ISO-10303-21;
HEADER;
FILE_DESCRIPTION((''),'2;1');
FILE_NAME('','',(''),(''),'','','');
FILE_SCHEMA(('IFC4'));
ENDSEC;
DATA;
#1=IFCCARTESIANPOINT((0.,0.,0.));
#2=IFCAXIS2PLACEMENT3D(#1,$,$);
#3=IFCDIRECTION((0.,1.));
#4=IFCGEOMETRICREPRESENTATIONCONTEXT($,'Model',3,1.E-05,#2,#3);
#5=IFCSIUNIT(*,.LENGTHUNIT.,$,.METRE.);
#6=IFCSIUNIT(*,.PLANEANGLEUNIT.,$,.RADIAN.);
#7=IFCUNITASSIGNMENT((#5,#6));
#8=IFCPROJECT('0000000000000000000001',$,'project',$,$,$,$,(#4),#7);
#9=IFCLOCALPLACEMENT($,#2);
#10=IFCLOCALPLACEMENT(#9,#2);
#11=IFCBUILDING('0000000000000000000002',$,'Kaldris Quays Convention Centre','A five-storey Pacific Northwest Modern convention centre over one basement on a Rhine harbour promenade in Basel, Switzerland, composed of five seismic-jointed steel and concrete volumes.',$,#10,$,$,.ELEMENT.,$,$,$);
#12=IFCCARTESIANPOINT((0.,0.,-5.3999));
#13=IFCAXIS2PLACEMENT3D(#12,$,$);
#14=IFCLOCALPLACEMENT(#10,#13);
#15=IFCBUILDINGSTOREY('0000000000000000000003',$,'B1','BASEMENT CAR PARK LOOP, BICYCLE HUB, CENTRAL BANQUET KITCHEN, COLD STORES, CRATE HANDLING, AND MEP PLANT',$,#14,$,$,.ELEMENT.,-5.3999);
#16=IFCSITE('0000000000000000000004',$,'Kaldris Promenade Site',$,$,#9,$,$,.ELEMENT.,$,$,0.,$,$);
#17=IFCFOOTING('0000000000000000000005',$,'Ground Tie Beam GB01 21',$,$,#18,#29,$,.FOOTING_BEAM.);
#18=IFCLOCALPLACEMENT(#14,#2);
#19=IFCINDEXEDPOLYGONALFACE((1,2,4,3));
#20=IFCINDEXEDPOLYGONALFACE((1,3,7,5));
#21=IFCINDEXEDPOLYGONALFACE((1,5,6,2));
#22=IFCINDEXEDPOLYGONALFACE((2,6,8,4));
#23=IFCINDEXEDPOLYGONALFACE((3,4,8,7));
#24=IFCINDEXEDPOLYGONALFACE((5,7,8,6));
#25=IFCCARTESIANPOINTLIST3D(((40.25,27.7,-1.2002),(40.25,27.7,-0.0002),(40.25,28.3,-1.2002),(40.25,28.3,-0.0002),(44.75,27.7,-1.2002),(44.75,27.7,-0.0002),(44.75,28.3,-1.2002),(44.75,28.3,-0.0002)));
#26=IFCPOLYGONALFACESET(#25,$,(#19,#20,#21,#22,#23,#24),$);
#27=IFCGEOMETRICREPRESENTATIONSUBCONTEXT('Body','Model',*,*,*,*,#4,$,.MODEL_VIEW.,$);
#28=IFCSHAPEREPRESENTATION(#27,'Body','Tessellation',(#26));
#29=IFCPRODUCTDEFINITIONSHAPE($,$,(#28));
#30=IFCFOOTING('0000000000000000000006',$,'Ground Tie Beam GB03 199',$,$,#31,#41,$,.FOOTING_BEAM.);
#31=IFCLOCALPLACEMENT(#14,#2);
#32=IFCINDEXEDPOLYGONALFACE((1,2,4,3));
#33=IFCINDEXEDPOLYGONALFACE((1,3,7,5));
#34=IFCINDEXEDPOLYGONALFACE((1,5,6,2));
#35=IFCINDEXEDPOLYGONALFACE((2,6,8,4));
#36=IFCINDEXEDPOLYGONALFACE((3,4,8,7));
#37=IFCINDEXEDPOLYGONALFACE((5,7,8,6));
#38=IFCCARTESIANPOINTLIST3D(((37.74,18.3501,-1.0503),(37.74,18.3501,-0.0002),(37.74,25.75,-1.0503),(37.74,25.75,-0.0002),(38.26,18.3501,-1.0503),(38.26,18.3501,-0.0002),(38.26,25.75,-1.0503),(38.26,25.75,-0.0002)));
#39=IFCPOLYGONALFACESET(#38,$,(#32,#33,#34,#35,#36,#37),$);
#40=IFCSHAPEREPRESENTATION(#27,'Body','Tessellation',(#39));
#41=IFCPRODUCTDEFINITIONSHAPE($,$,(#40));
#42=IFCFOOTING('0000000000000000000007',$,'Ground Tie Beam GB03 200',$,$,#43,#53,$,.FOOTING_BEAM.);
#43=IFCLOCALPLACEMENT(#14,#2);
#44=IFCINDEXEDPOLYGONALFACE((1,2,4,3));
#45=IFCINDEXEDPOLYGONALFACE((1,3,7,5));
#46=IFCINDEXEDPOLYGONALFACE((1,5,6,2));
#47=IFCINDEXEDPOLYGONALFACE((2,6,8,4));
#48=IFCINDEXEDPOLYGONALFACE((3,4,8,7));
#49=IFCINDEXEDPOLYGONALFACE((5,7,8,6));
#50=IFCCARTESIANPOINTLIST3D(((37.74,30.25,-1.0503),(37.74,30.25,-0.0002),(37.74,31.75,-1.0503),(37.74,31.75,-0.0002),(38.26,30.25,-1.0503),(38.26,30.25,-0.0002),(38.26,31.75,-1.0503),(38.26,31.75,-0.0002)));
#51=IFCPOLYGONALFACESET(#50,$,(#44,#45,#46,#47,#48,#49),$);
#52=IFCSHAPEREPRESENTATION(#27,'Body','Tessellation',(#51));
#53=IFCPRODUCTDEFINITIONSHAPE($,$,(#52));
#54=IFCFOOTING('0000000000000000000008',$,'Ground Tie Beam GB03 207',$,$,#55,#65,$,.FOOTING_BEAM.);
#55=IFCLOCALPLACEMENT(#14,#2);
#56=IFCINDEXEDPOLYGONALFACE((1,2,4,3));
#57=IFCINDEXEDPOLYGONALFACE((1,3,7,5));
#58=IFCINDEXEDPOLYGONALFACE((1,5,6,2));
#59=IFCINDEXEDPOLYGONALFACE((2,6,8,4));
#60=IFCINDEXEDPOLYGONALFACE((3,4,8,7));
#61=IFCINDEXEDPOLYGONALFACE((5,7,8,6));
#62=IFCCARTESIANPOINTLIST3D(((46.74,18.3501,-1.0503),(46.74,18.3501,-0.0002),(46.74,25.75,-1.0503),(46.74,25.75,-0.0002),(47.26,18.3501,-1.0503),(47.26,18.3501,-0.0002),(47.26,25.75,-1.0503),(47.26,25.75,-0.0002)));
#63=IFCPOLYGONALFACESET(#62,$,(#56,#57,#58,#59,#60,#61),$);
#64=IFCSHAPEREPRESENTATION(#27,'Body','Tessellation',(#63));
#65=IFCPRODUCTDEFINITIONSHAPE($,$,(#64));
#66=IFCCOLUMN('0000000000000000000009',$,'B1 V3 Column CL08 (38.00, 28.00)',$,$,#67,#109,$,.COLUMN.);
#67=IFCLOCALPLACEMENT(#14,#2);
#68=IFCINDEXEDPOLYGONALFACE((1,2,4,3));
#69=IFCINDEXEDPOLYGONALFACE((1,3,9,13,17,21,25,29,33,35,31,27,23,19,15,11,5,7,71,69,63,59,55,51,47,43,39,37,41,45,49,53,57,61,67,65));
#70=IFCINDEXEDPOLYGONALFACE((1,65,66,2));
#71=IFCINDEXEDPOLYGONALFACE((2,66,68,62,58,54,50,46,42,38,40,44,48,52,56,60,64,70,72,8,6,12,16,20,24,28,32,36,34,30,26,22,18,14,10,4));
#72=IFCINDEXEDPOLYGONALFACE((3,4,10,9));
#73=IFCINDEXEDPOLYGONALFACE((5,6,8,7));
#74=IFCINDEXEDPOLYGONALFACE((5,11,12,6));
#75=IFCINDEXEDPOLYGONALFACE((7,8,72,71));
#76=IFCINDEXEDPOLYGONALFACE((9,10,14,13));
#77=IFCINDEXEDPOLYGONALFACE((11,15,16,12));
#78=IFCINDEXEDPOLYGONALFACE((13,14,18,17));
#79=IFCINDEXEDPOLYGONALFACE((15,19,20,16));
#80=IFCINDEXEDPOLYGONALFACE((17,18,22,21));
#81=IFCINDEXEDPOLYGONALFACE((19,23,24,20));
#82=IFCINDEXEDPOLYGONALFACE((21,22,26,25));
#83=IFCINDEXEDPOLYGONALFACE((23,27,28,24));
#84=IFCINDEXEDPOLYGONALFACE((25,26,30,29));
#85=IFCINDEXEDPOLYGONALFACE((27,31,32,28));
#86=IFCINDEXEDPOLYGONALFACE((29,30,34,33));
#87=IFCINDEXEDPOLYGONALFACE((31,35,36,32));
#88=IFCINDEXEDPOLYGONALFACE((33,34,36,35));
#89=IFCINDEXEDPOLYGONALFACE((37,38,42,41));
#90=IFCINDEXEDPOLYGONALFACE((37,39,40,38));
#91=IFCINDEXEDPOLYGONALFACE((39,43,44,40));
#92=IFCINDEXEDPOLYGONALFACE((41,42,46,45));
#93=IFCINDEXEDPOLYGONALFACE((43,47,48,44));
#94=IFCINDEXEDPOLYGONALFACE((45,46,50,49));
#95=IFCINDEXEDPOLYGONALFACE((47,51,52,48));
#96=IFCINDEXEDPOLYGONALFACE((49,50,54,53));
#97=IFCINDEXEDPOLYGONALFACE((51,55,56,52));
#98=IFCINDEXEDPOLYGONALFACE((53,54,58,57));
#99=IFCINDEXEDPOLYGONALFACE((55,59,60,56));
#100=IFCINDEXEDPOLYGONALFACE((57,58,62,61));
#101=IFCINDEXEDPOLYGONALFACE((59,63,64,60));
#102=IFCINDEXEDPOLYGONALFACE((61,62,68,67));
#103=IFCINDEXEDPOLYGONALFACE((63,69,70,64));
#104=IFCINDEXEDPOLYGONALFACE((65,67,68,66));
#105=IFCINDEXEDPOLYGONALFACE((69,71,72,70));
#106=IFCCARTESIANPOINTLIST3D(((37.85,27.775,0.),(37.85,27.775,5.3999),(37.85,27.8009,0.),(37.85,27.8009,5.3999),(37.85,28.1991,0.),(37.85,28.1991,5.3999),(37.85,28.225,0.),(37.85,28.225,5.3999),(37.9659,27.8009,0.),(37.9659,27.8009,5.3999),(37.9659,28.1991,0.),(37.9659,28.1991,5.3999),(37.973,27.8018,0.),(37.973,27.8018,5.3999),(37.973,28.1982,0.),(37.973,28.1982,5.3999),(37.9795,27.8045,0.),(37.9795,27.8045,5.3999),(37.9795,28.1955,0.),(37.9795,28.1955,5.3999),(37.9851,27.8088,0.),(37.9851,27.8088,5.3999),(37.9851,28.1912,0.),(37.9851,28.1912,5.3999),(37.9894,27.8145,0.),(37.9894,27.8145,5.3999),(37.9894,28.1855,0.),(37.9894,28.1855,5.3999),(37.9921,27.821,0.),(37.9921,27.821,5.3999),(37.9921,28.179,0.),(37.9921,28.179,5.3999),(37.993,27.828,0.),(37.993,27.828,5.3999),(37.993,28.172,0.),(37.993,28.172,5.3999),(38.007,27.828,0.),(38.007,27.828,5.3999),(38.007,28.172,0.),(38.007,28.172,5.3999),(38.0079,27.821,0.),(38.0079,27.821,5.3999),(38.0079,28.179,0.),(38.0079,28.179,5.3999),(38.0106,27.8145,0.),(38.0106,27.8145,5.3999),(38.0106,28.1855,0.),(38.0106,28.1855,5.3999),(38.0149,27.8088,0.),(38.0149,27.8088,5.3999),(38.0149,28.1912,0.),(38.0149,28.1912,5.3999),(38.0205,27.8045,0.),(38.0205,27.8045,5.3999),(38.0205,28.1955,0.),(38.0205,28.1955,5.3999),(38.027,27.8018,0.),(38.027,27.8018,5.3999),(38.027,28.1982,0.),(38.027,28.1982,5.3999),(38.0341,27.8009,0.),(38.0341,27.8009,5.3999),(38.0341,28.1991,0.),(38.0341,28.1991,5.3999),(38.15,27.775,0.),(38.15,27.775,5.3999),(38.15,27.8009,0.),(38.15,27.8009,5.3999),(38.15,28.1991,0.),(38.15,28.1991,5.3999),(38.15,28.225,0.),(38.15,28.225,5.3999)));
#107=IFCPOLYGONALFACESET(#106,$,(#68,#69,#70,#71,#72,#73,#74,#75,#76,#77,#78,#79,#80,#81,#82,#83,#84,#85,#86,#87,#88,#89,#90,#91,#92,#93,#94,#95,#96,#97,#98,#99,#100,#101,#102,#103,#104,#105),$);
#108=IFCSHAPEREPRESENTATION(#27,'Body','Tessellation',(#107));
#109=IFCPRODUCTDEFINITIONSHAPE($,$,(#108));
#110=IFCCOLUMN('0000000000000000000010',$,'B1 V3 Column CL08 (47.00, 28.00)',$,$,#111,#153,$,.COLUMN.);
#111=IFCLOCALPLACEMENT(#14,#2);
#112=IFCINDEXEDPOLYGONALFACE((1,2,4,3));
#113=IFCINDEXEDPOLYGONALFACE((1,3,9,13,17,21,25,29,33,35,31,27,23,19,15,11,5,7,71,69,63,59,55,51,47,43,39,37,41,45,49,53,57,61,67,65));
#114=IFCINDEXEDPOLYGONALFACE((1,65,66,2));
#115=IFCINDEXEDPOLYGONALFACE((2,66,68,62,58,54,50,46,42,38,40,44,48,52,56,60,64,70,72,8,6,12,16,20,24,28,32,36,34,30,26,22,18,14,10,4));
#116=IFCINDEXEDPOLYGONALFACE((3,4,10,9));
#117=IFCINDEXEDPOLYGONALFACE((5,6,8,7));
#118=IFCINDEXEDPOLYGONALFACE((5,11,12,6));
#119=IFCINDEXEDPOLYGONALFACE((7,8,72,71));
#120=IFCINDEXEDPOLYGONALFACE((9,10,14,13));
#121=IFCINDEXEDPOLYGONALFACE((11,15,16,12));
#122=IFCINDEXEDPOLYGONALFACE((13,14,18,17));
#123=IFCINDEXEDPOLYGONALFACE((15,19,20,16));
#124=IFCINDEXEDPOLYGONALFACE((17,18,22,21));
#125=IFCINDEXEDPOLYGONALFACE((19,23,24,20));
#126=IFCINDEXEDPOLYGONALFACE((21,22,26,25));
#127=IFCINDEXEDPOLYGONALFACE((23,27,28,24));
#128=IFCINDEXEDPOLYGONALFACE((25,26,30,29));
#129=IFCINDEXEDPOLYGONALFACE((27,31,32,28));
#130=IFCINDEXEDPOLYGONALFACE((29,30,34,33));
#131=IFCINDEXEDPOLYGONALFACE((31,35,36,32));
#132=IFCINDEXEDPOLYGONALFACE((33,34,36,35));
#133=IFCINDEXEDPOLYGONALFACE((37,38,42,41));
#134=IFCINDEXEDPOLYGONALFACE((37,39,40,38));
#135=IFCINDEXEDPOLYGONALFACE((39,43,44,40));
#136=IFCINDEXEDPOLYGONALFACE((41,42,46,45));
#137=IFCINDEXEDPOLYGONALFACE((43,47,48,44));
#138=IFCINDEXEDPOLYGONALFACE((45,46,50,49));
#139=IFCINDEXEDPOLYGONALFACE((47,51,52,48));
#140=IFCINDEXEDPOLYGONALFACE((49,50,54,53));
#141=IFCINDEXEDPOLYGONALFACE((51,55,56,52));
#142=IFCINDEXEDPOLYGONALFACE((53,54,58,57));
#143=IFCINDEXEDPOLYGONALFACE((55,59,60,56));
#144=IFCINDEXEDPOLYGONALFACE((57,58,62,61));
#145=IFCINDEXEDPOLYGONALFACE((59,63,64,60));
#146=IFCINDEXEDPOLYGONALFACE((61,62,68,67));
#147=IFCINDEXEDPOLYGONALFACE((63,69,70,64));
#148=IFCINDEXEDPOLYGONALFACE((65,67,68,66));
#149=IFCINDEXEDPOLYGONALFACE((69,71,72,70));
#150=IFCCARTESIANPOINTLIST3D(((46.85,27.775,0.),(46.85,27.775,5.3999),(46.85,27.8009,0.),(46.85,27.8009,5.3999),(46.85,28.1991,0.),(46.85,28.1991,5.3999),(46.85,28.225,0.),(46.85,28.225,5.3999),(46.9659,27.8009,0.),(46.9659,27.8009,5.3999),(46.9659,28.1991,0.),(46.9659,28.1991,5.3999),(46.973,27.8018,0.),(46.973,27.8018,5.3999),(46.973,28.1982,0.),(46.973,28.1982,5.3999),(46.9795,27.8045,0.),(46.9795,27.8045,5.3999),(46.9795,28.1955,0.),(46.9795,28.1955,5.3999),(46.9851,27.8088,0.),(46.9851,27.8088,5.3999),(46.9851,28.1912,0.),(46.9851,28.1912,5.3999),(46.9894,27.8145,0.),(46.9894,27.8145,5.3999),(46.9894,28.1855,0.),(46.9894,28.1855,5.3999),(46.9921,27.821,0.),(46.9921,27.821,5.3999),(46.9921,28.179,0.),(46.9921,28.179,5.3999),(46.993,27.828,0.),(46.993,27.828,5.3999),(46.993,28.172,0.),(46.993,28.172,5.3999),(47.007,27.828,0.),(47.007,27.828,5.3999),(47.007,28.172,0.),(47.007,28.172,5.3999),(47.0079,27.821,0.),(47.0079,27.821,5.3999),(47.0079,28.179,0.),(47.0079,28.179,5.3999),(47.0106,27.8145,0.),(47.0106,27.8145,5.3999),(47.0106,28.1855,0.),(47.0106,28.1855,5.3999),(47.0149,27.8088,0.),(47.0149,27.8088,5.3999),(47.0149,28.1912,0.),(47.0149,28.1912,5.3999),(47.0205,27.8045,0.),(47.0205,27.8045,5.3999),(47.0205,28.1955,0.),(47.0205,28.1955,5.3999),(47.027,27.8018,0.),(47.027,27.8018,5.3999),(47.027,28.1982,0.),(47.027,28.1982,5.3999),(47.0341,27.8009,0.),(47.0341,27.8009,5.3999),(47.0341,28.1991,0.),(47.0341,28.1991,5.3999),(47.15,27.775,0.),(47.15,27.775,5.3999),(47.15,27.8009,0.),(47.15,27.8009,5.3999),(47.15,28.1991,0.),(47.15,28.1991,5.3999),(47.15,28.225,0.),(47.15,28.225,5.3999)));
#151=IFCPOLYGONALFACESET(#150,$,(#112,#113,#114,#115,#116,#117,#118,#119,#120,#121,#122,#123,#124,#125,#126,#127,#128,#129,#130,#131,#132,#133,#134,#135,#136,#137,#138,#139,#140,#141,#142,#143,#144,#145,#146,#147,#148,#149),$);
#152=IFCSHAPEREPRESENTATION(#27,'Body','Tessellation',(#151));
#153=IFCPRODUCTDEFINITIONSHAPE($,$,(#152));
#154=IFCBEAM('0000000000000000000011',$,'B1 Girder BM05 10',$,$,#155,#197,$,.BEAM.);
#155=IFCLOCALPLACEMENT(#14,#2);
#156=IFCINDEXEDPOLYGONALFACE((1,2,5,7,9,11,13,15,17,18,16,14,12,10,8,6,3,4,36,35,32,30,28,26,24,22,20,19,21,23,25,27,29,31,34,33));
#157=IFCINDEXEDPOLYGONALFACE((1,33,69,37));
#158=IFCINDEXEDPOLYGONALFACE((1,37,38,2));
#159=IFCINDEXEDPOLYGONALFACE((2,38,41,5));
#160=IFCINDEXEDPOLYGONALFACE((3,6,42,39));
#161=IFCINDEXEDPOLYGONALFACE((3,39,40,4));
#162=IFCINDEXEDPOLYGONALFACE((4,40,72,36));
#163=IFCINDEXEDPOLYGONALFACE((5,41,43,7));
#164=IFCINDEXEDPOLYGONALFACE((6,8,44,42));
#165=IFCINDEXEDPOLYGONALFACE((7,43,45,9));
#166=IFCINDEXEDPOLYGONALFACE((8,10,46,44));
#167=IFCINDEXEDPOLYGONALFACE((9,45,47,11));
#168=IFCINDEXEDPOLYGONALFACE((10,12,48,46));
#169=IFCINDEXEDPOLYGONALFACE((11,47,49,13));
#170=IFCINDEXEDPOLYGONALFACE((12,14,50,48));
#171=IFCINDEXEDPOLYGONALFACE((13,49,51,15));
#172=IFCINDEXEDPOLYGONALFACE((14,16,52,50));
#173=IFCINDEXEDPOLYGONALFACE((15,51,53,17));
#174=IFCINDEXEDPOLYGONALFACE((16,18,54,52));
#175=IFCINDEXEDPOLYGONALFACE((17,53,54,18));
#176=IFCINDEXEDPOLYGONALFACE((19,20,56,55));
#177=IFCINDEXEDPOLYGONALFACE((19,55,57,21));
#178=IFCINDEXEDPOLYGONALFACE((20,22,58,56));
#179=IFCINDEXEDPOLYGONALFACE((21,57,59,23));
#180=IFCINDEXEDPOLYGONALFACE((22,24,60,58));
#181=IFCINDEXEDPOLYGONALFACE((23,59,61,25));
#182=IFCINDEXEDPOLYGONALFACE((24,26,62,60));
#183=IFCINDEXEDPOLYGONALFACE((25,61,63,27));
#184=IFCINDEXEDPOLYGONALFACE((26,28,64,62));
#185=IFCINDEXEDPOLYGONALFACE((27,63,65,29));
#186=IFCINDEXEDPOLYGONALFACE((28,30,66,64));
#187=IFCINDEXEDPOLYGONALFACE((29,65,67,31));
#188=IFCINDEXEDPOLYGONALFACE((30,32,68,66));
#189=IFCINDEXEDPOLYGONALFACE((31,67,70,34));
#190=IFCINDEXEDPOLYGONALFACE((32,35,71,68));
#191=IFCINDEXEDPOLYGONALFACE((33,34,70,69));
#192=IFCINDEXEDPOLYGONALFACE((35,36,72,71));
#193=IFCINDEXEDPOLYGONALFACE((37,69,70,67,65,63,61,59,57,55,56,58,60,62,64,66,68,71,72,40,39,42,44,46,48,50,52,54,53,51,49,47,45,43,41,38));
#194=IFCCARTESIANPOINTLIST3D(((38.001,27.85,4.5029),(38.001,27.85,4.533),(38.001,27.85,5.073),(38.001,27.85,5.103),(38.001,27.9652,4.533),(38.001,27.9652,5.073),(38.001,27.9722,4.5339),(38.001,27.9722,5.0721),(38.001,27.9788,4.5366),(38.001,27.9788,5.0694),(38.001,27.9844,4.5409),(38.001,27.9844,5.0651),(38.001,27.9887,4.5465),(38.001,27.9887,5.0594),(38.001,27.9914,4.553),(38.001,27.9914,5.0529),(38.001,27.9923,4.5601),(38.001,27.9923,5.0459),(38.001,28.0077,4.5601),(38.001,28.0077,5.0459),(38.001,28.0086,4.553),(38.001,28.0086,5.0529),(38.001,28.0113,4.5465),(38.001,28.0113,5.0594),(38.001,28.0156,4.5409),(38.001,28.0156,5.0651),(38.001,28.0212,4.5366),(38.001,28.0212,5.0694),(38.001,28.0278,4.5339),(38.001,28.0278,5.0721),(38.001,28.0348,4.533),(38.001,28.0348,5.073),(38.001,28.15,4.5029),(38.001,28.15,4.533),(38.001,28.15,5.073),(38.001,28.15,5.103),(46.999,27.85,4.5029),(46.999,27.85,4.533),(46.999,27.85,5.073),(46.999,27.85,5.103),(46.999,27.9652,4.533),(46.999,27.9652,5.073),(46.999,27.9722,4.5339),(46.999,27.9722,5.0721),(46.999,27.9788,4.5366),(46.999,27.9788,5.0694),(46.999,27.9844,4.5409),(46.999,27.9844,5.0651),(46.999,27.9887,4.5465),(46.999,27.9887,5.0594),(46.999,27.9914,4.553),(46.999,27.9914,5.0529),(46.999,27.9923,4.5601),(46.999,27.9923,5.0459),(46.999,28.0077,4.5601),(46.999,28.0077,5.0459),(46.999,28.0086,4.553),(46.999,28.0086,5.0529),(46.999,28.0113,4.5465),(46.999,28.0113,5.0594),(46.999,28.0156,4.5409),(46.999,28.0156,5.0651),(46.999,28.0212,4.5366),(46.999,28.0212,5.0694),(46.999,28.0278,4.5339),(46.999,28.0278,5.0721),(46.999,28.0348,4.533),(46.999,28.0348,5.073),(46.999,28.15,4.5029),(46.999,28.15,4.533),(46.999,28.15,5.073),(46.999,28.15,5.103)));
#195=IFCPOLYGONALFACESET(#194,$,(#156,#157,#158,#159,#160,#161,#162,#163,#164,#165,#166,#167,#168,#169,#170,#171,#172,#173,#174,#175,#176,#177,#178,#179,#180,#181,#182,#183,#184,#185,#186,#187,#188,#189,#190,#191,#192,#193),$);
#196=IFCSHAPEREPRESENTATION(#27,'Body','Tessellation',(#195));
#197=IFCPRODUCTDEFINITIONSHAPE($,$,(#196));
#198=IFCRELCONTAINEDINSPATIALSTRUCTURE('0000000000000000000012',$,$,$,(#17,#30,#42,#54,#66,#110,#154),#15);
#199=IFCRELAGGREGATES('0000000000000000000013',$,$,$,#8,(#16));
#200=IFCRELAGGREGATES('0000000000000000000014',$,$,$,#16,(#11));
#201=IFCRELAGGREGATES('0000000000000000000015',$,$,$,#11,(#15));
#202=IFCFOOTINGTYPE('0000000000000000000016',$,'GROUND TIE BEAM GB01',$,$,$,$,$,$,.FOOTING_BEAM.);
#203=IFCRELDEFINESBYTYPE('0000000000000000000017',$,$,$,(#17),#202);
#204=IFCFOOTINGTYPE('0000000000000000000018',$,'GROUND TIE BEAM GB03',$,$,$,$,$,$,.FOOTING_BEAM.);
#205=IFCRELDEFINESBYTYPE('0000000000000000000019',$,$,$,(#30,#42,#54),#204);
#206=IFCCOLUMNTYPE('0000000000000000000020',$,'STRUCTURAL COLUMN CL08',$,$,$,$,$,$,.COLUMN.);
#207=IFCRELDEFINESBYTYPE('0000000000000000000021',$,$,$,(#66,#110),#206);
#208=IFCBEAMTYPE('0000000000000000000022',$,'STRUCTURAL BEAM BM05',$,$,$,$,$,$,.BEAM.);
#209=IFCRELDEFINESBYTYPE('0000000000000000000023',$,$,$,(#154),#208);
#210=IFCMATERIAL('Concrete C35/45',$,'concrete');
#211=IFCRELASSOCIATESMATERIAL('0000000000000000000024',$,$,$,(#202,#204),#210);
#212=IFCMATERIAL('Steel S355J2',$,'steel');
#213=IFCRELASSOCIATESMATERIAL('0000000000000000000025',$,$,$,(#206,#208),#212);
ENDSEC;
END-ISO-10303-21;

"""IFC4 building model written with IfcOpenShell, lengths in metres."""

from ifc_helpers import new_model, si_unit, direction, frame, origin, origin_2d, place, context, subcontext, project, spatial, rectangle, i_section, extrude, material, material_profile, profile_set, type_object, element, save


model = new_model("IFC4")

# Units and contexts
model_context = context("Model", 3, precision=1e-05, world=origin(), true_north=direction((0.0, 1.0)))
body_context = subcontext(model_context, "Body", "Model", "MODEL_VIEW")
ifc_project = project(units=[si_unit("LENGTHUNIT", "METRE"), si_unit("PLANEANGLEUNIT", "RADIAN")], contexts=[model_context])

# Site, building, storey
site_placement = place(None, origin())
site = spatial("IfcSite", under=ifc_project, at=site_placement, Name="Kaldris Promenade Site", CompositionType="ELEMENT", RefElevation=0.0)
building_placement = place(site_placement, origin())
building = spatial("IfcBuilding", under=site, at=building_placement, Name="Kaldris Quays Convention Centre", Description="A five-storey Pacific Northwest Modern convention centre over one basement on a Rhine harbour promenade in Basel, Switzerland, composed of five seismic-jointed steel and concrete volumes.", CompositionType="ELEMENT")
storey_placement = place(building_placement, frame((0.0, 0.0, -5.3999)))
storey = spatial("IfcBuildingStorey", under=building, at=storey_placement, Name="B1", Description="BASEMENT CAR PARK LOOP, BICYCLE HUB, CENTRAL BANQUET KITCHEN, COLD STORES, CRATE HANDLING, AND MEP PLANT", CompositionType="ELEMENT", Elevation=-5.3999)

# Shared definitions
ifc_material_1 = material(Name="Concrete C35/45", Category="concrete")

# Footings
footing_type_1 = type_object("IfcFootingType", Name="GROUND TIE BEAM GB01", PredefinedType="FOOTING_BEAM", material=ifc_material_1)
footing_1_placement = place(storey_placement, frame((42.5, 28.0, -1.2002), z_axis=(0.0, 0.0, 1.0), x_axis=(1.0, 0.0, 0.0)))
element("IfcFooting", 1, at=footing_1_placement, inside=storey, type_object=footing_type_1, Name="Ground Tie Beam GB01 21", PredefinedType="FOOTING_BEAM", context=body_context, shape_type="SweptSolid", body=[
    extrude(rectangle(XDim=4.5, YDim=0.6001, at=origin_2d()), origin(), (0.0, 0.0, 1.0), 1.2),
])
footing_type_2 = type_object("IfcFootingType", Name="GROUND TIE BEAM GB03", PredefinedType="FOOTING_BEAM", material=ifc_material_1)
footing_2_placement = place(storey_placement, frame((38.0, 22.05, -1.0503), z_axis=(0.0, 0.0, 1.0), x_axis=(1.0, 0.0, 0.0)))
element("IfcFooting", 2, at=footing_2_placement, inside=storey, type_object=footing_type_2, Name="Ground Tie Beam GB03 199", PredefinedType="FOOTING_BEAM", context=body_context, shape_type="SweptSolid", body=[
    extrude(rectangle(XDim=0.52, YDim=7.3999, at=origin_2d()), origin(), (0.0, 0.0, 1.0), 1.05),
])
footing_3_placement = place(storey_placement, frame((38.0, 31.0, -1.0503), z_axis=(0.0, 0.0, 1.0), x_axis=(1.0, 0.0, 0.0)))
element("IfcFooting", 3, at=footing_3_placement, inside=storey, type_object=footing_type_2, Name="Ground Tie Beam GB03 200", PredefinedType="FOOTING_BEAM", context=body_context, shape_type="SweptSolid", body=[
    extrude(rectangle(XDim=0.52, YDim=1.5, at=origin_2d()), origin(), (0.0, 0.0, 1.0), 1.05),
])
footing_4_placement = place(storey_placement, frame((47.0, 22.05, -1.0503), z_axis=(0.0, 0.0, 1.0), x_axis=(1.0, 0.0, 0.0)))
element("IfcFooting", 4, at=footing_4_placement, inside=storey, type_object=footing_type_2, Name="Ground Tie Beam GB03 207", PredefinedType="FOOTING_BEAM", context=body_context, shape_type="SweptSolid", body=[
    extrude(rectangle(XDim=0.52, YDim=7.3999, at=origin_2d()), origin(), (0.0, 0.0, 1.0), 1.05),
])

# Columns
ifc_material_2 = material(Name="Steel S355J2", Category="steel")
ifc_material_profile_1 = material_profile(ifc_material_2, i_section(OverallWidth=0.3, OverallDepth=0.45, WebThickness=0.0139, FlangeThickness=0.0259, FilletRadius=0.0271, at=origin_2d()), Name="HEB 450")
ifc_profile_set_1 = profile_set([ifc_material_profile_1], Name="Steel S355J2")
column_type = type_object("IfcColumnType", Name="STRUCTURAL COLUMN CL08", PredefinedType="COLUMN", material=ifc_profile_set_1)
for number, where, z_axis, x_axis, name in (
    (5, (38.0, 28.0, 0.0), (0.0, 0.0, 1.0), (1.0, 0.0, 0.0), "B1 V3 Column CL08 (38.00, 28.00)"),
    (6, (47.0, 28.0, 0.0), (0.0, 0.0, 1.0), (1.0, 0.0, 0.0), "B1 V3 Column CL08 (47.00, 28.00)"),
):
    element("IfcColumn", number, at=place(storey_placement, frame(where, z_axis=z_axis, x_axis=x_axis)), inside=storey, type_object=column_type, Name=name, PredefinedType="COLUMN", context=body_context, shape_type="SweptSolid", body=[
        extrude(i_section(OverallWidth=0.3, OverallDepth=0.45, WebThickness=0.0139, FlangeThickness=0.0259, FilletRadius=0.0271, at=origin_2d()), origin(), (0.0, 0.0, 1.0), 5.3999),
    ])

# Beam
ifc_material_profile_2 = material_profile(ifc_material_2, i_section(OverallWidth=0.3, OverallDepth=0.6001, WebThickness=0.0154, FlangeThickness=0.03, FilletRadius=0.0271, at=origin_2d()), Name="HEB 600")
ifc_profile_set_2 = profile_set([ifc_material_profile_2], Name="Steel S355J2")
beam_type_1 = type_object("IfcBeamType", Name="STRUCTURAL BEAM BM05", PredefinedType="BEAM", material=ifc_profile_set_2)
beam_1_placement = place(storey_placement, frame((38.001, 28.0, 4.803), z_axis=(1.0, 0.0, 0.0), x_axis=(0.0, 1.0, 0.0)))
element("IfcBeam", 7, at=beam_1_placement, inside=storey, type_object=beam_type_1, Name="B1 Girder BM05 10", PredefinedType="BEAM", context=body_context, shape_type="SweptSolid", body=[
    extrude(i_section(OverallWidth=0.3, OverallDepth=0.6001, WebThickness=0.0154, FlangeThickness=0.03, FilletRadius=0.0271, at=origin_2d()), origin(), (0.0, 0.0, 1.0), 8.998),
])

save(model, "model.ifc")
